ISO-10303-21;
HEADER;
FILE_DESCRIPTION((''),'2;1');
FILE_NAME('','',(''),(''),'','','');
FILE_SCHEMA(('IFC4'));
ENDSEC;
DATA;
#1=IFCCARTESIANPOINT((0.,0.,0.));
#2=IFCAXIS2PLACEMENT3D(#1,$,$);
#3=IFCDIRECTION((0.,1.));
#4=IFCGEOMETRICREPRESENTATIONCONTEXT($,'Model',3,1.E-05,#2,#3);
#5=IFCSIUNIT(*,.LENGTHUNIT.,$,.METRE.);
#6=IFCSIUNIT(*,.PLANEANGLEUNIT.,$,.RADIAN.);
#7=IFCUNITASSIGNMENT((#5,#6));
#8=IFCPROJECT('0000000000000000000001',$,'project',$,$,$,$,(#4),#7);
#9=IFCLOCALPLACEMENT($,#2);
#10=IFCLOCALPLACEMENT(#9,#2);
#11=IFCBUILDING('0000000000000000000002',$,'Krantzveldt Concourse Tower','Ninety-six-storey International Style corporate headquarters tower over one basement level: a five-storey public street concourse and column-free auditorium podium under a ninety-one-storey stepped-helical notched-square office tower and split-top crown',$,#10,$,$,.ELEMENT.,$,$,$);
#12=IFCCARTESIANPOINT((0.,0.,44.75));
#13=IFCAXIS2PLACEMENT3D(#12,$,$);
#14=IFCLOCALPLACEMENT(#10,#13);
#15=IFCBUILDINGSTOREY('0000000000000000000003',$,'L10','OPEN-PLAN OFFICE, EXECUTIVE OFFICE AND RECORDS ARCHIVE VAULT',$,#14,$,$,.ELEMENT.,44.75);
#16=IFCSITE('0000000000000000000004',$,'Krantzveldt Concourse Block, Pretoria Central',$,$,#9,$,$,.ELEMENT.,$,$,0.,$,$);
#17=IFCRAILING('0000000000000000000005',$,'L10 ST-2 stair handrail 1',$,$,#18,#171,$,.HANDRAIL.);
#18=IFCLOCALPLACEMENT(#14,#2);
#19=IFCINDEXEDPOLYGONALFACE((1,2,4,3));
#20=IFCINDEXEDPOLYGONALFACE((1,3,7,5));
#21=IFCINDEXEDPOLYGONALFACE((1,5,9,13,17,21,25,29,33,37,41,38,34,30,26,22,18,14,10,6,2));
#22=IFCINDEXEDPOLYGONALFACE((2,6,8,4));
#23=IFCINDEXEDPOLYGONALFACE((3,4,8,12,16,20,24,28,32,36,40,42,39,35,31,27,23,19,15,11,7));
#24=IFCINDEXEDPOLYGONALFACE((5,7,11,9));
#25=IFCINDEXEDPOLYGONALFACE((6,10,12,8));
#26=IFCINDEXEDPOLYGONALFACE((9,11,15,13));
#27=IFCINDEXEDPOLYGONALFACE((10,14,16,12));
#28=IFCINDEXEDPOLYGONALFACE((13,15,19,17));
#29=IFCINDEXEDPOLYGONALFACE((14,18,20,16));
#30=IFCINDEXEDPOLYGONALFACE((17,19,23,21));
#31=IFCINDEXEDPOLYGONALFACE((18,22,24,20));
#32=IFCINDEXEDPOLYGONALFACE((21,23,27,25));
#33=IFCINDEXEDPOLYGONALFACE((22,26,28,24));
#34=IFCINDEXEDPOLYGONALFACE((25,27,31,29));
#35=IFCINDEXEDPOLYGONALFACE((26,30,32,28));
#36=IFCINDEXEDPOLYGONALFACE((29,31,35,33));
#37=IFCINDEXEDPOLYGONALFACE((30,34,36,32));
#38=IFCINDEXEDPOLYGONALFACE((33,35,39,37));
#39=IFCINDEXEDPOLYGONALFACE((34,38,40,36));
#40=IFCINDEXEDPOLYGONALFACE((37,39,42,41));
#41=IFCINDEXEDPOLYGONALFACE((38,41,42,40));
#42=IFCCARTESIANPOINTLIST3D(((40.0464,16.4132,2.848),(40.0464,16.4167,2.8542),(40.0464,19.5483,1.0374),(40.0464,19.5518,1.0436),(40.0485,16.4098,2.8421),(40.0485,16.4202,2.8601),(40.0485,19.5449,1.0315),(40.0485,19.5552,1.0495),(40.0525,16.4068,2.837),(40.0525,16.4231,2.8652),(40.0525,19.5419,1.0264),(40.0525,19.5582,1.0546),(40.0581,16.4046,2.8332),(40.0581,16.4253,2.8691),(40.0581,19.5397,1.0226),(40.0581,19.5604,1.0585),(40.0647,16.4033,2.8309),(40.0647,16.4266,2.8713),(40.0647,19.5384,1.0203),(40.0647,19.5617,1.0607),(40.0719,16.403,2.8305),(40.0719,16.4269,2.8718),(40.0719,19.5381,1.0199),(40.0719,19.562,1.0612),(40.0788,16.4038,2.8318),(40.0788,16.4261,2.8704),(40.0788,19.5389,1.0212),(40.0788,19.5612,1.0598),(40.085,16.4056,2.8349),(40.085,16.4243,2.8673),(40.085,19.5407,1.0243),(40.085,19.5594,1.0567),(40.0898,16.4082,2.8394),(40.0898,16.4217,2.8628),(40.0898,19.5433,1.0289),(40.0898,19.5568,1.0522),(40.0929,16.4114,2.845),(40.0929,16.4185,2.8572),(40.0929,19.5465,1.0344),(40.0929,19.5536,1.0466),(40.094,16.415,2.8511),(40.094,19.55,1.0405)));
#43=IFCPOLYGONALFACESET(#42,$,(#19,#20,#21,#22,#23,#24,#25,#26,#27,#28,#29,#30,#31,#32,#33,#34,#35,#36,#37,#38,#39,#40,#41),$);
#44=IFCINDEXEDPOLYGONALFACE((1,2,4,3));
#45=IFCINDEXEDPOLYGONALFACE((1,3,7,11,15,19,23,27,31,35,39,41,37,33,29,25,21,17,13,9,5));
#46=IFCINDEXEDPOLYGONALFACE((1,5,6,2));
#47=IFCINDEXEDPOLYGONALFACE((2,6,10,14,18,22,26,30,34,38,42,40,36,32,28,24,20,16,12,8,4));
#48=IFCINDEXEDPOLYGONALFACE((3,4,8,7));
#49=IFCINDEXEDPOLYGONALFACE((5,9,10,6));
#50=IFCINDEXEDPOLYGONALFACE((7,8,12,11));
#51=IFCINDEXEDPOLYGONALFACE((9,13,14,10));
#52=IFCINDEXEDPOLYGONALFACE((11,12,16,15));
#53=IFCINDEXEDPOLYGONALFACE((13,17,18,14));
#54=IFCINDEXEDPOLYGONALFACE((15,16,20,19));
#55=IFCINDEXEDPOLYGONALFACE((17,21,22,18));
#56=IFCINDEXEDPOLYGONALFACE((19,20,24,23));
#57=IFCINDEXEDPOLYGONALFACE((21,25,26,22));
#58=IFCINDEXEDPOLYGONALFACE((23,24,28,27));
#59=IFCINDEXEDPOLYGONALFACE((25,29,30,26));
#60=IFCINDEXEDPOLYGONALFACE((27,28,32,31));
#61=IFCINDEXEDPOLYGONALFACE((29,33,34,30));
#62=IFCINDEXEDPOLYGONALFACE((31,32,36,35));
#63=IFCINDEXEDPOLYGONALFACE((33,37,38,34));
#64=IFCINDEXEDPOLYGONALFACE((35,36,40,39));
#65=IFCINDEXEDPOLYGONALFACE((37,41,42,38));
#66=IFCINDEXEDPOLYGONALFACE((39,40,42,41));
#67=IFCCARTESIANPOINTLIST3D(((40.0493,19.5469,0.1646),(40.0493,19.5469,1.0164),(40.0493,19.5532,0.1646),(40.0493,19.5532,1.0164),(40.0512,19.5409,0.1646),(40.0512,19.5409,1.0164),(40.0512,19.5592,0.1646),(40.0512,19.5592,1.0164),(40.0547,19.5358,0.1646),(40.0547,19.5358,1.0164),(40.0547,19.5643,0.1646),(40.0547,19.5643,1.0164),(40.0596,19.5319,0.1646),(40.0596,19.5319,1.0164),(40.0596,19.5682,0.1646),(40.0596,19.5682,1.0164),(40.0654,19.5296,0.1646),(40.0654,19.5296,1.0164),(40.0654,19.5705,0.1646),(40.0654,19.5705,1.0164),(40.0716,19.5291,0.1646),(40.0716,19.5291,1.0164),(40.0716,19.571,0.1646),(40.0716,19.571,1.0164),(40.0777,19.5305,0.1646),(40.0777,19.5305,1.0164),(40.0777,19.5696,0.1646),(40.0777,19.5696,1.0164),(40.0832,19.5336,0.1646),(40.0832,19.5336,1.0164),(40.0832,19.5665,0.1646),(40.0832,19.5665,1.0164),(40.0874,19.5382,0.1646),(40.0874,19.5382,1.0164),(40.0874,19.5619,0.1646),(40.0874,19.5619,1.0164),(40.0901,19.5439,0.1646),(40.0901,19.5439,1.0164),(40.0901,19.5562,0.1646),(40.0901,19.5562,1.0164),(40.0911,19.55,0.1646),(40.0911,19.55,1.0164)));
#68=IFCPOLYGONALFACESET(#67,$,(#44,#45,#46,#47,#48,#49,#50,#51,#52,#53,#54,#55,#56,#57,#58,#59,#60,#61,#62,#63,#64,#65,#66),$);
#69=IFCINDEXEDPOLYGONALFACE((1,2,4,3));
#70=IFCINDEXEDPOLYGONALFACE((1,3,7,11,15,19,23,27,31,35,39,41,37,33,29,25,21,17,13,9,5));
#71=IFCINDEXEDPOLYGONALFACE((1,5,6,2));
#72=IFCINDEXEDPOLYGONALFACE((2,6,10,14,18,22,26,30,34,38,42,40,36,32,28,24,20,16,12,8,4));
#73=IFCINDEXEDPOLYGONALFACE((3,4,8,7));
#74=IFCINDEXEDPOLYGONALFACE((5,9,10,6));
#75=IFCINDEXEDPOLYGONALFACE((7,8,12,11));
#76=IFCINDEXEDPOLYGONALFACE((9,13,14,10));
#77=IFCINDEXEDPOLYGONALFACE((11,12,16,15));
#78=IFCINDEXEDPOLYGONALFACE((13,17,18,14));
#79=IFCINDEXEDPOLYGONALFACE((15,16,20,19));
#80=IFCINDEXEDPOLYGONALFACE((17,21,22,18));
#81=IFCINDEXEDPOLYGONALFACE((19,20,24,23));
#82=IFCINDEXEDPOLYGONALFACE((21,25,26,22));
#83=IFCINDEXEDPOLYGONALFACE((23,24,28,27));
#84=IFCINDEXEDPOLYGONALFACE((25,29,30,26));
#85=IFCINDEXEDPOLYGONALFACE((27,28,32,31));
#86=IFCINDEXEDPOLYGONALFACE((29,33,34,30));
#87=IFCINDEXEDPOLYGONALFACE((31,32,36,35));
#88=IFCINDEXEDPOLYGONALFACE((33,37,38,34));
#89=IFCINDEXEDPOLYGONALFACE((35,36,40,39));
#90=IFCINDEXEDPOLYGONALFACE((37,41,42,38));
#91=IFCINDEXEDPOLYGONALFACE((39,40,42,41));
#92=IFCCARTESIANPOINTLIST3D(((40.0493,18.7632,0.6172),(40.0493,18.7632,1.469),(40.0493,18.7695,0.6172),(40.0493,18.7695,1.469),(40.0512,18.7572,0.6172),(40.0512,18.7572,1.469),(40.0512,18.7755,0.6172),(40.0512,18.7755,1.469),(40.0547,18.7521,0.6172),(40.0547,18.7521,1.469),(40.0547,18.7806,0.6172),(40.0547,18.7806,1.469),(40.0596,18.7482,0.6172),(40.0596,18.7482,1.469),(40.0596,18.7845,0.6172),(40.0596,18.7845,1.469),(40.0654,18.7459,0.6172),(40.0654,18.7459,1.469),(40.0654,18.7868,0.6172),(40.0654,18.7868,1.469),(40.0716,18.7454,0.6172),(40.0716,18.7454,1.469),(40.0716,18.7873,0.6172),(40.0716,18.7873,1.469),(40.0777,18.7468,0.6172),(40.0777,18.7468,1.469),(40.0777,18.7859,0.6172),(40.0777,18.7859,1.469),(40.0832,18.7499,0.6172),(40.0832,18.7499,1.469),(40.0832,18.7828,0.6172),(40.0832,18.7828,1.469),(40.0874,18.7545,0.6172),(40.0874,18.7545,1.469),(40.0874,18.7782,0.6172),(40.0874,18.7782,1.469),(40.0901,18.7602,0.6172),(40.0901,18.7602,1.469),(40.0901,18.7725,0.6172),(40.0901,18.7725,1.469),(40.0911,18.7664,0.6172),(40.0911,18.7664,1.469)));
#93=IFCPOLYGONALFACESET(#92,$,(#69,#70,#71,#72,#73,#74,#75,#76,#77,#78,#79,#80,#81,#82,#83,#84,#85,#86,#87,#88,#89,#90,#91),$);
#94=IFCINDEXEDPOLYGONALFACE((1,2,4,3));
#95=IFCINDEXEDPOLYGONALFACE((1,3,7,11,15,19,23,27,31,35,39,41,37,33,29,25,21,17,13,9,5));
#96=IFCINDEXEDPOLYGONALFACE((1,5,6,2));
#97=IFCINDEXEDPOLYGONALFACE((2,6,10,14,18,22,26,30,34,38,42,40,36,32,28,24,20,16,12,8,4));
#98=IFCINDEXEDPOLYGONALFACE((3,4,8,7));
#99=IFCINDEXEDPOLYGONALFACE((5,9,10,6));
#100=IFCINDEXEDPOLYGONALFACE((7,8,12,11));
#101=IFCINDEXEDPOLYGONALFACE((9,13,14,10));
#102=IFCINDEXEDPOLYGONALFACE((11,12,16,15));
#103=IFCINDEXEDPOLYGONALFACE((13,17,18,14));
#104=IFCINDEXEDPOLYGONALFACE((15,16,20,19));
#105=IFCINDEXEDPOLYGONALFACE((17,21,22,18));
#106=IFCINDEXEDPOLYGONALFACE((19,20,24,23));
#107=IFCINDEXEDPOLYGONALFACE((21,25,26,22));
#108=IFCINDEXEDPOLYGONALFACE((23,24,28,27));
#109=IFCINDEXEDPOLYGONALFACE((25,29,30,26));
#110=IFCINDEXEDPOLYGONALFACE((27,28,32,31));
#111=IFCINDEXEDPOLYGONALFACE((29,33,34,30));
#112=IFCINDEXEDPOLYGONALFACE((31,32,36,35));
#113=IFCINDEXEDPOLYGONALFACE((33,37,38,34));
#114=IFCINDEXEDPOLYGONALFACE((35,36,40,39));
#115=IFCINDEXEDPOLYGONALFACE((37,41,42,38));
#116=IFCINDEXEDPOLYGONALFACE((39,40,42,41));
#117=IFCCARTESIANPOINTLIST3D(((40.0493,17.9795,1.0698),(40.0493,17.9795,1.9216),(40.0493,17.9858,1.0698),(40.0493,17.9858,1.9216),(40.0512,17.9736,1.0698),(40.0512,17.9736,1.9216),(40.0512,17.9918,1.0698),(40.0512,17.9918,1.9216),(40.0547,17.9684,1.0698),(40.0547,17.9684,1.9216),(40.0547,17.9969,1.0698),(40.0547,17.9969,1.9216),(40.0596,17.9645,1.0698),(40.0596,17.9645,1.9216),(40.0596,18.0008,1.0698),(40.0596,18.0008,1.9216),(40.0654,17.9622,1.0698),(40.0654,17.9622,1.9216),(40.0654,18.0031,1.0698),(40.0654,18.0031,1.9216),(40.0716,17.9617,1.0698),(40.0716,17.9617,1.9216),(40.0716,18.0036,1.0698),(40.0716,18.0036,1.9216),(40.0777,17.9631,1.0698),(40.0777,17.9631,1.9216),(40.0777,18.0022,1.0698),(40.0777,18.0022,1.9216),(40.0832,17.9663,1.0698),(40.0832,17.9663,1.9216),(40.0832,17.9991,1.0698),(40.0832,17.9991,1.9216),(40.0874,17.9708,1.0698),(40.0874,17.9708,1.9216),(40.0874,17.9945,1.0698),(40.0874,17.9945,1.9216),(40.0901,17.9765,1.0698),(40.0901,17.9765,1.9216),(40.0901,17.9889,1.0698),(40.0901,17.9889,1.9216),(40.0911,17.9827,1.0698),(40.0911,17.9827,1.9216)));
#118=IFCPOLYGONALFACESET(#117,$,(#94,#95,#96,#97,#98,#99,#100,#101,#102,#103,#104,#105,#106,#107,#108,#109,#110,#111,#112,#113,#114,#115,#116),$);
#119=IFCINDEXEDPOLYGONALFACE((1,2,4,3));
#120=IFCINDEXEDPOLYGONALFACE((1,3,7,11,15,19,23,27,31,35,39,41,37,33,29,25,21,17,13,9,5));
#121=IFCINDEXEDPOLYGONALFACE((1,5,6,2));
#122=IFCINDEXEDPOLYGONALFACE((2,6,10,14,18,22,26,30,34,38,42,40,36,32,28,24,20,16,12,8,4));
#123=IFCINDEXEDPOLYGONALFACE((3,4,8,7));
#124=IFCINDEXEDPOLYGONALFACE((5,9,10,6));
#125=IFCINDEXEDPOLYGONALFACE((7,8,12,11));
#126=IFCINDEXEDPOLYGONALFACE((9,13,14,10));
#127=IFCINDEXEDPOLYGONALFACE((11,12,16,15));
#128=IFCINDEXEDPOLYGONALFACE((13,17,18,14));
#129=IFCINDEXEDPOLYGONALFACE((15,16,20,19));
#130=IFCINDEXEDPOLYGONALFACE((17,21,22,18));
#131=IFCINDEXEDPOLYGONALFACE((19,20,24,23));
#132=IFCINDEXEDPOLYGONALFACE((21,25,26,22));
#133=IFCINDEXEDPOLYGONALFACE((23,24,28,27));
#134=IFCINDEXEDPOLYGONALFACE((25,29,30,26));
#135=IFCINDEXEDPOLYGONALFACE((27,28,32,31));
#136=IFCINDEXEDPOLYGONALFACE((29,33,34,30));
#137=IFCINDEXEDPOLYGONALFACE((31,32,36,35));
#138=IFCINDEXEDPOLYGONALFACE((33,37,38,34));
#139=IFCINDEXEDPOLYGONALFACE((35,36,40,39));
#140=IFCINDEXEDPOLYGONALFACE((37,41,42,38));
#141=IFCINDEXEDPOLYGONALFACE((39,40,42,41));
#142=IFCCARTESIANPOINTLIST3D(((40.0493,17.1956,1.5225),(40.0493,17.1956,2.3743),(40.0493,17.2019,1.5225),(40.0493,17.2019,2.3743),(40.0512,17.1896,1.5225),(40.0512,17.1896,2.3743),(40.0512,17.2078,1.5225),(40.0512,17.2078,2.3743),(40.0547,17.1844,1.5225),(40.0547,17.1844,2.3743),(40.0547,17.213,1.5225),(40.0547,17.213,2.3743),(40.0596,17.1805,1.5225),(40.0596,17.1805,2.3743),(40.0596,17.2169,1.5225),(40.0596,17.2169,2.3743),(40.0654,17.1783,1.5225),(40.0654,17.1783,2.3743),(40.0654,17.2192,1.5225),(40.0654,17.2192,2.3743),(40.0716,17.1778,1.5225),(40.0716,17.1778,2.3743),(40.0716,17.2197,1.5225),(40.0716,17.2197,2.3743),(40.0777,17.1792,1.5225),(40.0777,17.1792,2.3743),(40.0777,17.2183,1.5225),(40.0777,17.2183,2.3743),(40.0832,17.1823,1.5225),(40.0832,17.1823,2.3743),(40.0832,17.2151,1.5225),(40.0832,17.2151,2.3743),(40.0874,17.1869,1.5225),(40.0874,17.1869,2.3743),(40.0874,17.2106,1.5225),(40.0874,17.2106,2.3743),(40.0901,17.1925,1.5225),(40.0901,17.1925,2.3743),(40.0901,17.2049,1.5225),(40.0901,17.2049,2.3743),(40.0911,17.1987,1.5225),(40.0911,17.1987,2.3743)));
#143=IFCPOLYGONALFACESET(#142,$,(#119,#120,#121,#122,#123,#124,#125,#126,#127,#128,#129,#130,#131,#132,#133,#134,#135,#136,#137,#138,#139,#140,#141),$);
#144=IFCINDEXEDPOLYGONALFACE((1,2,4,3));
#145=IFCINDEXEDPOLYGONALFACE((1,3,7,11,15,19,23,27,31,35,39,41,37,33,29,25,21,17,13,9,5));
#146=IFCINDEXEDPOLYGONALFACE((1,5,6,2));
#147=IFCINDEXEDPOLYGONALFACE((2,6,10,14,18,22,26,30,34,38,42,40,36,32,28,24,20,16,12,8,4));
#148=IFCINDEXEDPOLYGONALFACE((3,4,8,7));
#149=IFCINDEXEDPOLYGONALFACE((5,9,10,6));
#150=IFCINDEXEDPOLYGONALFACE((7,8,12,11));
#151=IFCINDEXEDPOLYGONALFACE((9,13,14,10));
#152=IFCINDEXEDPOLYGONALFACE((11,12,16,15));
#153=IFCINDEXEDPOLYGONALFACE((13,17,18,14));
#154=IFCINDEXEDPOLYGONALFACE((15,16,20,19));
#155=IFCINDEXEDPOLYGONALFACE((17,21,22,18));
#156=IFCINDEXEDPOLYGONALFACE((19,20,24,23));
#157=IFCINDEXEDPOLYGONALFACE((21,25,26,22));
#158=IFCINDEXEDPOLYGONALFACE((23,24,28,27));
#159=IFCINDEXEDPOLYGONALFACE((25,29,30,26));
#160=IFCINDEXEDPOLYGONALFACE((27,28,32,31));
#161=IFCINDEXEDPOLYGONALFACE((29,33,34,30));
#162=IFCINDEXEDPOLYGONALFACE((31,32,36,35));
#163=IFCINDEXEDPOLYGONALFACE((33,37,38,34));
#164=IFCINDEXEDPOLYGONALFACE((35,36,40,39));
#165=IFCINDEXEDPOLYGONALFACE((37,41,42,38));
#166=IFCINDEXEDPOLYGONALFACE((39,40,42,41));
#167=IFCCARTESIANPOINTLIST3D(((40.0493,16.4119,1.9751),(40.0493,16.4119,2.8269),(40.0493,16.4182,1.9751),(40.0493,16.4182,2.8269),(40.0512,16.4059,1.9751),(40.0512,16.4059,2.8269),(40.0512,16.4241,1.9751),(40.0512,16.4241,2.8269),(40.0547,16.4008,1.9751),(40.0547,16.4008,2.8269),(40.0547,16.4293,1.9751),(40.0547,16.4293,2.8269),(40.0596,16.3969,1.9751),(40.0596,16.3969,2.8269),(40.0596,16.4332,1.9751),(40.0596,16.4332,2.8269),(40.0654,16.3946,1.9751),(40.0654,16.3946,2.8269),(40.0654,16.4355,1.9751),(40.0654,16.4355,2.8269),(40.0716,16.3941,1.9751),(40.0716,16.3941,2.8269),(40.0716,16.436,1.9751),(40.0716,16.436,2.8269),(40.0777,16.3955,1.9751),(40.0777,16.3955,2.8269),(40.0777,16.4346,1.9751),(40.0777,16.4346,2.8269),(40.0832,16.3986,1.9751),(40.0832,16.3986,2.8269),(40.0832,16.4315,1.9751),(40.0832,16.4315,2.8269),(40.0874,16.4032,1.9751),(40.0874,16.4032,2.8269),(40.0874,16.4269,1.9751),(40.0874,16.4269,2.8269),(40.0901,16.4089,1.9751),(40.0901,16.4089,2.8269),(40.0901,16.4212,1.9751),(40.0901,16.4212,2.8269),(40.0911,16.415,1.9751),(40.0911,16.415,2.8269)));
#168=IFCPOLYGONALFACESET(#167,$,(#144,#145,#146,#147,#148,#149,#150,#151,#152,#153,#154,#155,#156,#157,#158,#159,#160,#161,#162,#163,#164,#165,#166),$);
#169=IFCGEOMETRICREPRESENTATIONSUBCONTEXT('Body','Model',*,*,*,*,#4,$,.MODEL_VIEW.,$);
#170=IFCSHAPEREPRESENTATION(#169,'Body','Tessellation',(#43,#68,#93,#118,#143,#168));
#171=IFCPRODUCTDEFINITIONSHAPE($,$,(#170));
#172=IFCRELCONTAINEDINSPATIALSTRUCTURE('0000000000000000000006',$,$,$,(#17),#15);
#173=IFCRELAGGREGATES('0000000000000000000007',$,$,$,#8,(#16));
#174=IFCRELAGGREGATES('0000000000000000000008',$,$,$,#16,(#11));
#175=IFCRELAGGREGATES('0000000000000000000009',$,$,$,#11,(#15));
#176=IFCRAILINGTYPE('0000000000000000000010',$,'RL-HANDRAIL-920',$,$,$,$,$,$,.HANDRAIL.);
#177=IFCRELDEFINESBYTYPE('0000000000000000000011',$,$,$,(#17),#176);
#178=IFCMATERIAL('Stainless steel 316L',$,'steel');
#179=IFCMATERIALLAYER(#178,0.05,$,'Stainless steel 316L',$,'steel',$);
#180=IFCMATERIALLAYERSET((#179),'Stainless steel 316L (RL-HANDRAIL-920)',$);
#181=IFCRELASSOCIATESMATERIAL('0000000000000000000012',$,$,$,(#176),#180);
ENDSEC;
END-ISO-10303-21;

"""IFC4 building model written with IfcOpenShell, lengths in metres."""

from ifc_helpers import new_model, si_unit, direction, frame, origin, origin_2d, place, context, subcontext, project, spatial, circle, extrude, material, layer, layer_set, type_object, element, save


model = new_model("IFC4")

# Units and contexts
model_context = context("Model", 3, precision=1e-05, world=origin(), true_north=direction((0.0, 1.0)))
body_context = subcontext(model_context, "Body", "Model", "MODEL_VIEW")
ifc_project = project(units=[si_unit("LENGTHUNIT", "METRE"), si_unit("PLANEANGLEUNIT", "RADIAN")], contexts=[model_context])

# Site, building, storey
site_placement = place(None, origin())
site = spatial("IfcSite", under=ifc_project, at=site_placement, Name="Krantzveldt Concourse Block, Pretoria Central", CompositionType="ELEMENT", RefElevation=0.0)
building_placement = place(site_placement, origin())
building = spatial("IfcBuilding", under=site, at=building_placement, Name="Krantzveldt Concourse Tower", Description="Ninety-six-storey International Style corporate headquarters tower over one basement level: a five-storey public street concourse and column-free auditorium podium under a ninety-one-storey stepped-helical notched-square office tower and split-top crown", CompositionType="ELEMENT")
storey_placement = place(building_placement, frame((0.0, 0.0, 44.75)))
storey = spatial("IfcBuildingStorey", under=building, at=storey_placement, Name="L10", Description="OPEN-PLAN OFFICE, EXECUTIVE OFFICE AND RECORDS ARCHIVE VAULT", CompositionType="ELEMENT", Elevation=44.75)

# Shared definitions
ifc_material_1 = material(Name="Stainless steel 316L", Category="steel")

# Railing
ifc_layer_1 = layer(ifc_material_1, 0.05, Name="Stainless steel 316L", Category="steel")
ifc_layer_set_1 = layer_set([ifc_layer_1], Name="Stainless steel 316L (RL-HANDRAIL-920)")
railing_type_1 = type_object("IfcRailingType", Name="RL-HANDRAIL-920", PredefinedType="HANDRAIL", material=ifc_layer_set_1)
railing_1_placement = place(storey_placement, frame((40.0701, 19.55, 0.1646)))
element("IfcRailing", 1, at=railing_1_placement, inside=storey, type_object=railing_type_1, Name="L10 ST-2 stair handrail 1", PredefinedType="HANDRAIL", context=body_context, shape_type="SweptSolid", body=[
    extrude(circle(Radius=0.0239, at=origin_2d()), frame((0.0, 0.0, 0.876), z_axis=(0.0, -0.86596, 0.500114), x_axis=(1.0, 0.0, 0.0)), (0.0, 0.0, 1.0), 3.6204),
    extrude(circle(Radius=0.021, at=origin_2d()), origin(), (0.0, 0.0, 1.0), 0.8518),
    extrude(circle(Radius=0.021, at=origin_2d()), frame((0.0, -0.7837, 0.4526)), (0.0, 0.0, 1.0), 0.8518),
    extrude(circle(Radius=0.021, at=origin_2d()), frame((0.0, -1.5674, 0.9053)), (0.0, 0.0, 1.0), 0.8518),
    extrude(circle(Radius=0.021, at=origin_2d()), frame((0.0, -2.3513, 1.3579)), (0.0, 0.0, 1.0), 0.8518),
    extrude(circle(Radius=0.021, at=origin_2d()), frame((0.0, -3.135, 1.8105)), (0.0, 0.0, 1.0), 0.8518),
])

save(model, "model.ifc")
